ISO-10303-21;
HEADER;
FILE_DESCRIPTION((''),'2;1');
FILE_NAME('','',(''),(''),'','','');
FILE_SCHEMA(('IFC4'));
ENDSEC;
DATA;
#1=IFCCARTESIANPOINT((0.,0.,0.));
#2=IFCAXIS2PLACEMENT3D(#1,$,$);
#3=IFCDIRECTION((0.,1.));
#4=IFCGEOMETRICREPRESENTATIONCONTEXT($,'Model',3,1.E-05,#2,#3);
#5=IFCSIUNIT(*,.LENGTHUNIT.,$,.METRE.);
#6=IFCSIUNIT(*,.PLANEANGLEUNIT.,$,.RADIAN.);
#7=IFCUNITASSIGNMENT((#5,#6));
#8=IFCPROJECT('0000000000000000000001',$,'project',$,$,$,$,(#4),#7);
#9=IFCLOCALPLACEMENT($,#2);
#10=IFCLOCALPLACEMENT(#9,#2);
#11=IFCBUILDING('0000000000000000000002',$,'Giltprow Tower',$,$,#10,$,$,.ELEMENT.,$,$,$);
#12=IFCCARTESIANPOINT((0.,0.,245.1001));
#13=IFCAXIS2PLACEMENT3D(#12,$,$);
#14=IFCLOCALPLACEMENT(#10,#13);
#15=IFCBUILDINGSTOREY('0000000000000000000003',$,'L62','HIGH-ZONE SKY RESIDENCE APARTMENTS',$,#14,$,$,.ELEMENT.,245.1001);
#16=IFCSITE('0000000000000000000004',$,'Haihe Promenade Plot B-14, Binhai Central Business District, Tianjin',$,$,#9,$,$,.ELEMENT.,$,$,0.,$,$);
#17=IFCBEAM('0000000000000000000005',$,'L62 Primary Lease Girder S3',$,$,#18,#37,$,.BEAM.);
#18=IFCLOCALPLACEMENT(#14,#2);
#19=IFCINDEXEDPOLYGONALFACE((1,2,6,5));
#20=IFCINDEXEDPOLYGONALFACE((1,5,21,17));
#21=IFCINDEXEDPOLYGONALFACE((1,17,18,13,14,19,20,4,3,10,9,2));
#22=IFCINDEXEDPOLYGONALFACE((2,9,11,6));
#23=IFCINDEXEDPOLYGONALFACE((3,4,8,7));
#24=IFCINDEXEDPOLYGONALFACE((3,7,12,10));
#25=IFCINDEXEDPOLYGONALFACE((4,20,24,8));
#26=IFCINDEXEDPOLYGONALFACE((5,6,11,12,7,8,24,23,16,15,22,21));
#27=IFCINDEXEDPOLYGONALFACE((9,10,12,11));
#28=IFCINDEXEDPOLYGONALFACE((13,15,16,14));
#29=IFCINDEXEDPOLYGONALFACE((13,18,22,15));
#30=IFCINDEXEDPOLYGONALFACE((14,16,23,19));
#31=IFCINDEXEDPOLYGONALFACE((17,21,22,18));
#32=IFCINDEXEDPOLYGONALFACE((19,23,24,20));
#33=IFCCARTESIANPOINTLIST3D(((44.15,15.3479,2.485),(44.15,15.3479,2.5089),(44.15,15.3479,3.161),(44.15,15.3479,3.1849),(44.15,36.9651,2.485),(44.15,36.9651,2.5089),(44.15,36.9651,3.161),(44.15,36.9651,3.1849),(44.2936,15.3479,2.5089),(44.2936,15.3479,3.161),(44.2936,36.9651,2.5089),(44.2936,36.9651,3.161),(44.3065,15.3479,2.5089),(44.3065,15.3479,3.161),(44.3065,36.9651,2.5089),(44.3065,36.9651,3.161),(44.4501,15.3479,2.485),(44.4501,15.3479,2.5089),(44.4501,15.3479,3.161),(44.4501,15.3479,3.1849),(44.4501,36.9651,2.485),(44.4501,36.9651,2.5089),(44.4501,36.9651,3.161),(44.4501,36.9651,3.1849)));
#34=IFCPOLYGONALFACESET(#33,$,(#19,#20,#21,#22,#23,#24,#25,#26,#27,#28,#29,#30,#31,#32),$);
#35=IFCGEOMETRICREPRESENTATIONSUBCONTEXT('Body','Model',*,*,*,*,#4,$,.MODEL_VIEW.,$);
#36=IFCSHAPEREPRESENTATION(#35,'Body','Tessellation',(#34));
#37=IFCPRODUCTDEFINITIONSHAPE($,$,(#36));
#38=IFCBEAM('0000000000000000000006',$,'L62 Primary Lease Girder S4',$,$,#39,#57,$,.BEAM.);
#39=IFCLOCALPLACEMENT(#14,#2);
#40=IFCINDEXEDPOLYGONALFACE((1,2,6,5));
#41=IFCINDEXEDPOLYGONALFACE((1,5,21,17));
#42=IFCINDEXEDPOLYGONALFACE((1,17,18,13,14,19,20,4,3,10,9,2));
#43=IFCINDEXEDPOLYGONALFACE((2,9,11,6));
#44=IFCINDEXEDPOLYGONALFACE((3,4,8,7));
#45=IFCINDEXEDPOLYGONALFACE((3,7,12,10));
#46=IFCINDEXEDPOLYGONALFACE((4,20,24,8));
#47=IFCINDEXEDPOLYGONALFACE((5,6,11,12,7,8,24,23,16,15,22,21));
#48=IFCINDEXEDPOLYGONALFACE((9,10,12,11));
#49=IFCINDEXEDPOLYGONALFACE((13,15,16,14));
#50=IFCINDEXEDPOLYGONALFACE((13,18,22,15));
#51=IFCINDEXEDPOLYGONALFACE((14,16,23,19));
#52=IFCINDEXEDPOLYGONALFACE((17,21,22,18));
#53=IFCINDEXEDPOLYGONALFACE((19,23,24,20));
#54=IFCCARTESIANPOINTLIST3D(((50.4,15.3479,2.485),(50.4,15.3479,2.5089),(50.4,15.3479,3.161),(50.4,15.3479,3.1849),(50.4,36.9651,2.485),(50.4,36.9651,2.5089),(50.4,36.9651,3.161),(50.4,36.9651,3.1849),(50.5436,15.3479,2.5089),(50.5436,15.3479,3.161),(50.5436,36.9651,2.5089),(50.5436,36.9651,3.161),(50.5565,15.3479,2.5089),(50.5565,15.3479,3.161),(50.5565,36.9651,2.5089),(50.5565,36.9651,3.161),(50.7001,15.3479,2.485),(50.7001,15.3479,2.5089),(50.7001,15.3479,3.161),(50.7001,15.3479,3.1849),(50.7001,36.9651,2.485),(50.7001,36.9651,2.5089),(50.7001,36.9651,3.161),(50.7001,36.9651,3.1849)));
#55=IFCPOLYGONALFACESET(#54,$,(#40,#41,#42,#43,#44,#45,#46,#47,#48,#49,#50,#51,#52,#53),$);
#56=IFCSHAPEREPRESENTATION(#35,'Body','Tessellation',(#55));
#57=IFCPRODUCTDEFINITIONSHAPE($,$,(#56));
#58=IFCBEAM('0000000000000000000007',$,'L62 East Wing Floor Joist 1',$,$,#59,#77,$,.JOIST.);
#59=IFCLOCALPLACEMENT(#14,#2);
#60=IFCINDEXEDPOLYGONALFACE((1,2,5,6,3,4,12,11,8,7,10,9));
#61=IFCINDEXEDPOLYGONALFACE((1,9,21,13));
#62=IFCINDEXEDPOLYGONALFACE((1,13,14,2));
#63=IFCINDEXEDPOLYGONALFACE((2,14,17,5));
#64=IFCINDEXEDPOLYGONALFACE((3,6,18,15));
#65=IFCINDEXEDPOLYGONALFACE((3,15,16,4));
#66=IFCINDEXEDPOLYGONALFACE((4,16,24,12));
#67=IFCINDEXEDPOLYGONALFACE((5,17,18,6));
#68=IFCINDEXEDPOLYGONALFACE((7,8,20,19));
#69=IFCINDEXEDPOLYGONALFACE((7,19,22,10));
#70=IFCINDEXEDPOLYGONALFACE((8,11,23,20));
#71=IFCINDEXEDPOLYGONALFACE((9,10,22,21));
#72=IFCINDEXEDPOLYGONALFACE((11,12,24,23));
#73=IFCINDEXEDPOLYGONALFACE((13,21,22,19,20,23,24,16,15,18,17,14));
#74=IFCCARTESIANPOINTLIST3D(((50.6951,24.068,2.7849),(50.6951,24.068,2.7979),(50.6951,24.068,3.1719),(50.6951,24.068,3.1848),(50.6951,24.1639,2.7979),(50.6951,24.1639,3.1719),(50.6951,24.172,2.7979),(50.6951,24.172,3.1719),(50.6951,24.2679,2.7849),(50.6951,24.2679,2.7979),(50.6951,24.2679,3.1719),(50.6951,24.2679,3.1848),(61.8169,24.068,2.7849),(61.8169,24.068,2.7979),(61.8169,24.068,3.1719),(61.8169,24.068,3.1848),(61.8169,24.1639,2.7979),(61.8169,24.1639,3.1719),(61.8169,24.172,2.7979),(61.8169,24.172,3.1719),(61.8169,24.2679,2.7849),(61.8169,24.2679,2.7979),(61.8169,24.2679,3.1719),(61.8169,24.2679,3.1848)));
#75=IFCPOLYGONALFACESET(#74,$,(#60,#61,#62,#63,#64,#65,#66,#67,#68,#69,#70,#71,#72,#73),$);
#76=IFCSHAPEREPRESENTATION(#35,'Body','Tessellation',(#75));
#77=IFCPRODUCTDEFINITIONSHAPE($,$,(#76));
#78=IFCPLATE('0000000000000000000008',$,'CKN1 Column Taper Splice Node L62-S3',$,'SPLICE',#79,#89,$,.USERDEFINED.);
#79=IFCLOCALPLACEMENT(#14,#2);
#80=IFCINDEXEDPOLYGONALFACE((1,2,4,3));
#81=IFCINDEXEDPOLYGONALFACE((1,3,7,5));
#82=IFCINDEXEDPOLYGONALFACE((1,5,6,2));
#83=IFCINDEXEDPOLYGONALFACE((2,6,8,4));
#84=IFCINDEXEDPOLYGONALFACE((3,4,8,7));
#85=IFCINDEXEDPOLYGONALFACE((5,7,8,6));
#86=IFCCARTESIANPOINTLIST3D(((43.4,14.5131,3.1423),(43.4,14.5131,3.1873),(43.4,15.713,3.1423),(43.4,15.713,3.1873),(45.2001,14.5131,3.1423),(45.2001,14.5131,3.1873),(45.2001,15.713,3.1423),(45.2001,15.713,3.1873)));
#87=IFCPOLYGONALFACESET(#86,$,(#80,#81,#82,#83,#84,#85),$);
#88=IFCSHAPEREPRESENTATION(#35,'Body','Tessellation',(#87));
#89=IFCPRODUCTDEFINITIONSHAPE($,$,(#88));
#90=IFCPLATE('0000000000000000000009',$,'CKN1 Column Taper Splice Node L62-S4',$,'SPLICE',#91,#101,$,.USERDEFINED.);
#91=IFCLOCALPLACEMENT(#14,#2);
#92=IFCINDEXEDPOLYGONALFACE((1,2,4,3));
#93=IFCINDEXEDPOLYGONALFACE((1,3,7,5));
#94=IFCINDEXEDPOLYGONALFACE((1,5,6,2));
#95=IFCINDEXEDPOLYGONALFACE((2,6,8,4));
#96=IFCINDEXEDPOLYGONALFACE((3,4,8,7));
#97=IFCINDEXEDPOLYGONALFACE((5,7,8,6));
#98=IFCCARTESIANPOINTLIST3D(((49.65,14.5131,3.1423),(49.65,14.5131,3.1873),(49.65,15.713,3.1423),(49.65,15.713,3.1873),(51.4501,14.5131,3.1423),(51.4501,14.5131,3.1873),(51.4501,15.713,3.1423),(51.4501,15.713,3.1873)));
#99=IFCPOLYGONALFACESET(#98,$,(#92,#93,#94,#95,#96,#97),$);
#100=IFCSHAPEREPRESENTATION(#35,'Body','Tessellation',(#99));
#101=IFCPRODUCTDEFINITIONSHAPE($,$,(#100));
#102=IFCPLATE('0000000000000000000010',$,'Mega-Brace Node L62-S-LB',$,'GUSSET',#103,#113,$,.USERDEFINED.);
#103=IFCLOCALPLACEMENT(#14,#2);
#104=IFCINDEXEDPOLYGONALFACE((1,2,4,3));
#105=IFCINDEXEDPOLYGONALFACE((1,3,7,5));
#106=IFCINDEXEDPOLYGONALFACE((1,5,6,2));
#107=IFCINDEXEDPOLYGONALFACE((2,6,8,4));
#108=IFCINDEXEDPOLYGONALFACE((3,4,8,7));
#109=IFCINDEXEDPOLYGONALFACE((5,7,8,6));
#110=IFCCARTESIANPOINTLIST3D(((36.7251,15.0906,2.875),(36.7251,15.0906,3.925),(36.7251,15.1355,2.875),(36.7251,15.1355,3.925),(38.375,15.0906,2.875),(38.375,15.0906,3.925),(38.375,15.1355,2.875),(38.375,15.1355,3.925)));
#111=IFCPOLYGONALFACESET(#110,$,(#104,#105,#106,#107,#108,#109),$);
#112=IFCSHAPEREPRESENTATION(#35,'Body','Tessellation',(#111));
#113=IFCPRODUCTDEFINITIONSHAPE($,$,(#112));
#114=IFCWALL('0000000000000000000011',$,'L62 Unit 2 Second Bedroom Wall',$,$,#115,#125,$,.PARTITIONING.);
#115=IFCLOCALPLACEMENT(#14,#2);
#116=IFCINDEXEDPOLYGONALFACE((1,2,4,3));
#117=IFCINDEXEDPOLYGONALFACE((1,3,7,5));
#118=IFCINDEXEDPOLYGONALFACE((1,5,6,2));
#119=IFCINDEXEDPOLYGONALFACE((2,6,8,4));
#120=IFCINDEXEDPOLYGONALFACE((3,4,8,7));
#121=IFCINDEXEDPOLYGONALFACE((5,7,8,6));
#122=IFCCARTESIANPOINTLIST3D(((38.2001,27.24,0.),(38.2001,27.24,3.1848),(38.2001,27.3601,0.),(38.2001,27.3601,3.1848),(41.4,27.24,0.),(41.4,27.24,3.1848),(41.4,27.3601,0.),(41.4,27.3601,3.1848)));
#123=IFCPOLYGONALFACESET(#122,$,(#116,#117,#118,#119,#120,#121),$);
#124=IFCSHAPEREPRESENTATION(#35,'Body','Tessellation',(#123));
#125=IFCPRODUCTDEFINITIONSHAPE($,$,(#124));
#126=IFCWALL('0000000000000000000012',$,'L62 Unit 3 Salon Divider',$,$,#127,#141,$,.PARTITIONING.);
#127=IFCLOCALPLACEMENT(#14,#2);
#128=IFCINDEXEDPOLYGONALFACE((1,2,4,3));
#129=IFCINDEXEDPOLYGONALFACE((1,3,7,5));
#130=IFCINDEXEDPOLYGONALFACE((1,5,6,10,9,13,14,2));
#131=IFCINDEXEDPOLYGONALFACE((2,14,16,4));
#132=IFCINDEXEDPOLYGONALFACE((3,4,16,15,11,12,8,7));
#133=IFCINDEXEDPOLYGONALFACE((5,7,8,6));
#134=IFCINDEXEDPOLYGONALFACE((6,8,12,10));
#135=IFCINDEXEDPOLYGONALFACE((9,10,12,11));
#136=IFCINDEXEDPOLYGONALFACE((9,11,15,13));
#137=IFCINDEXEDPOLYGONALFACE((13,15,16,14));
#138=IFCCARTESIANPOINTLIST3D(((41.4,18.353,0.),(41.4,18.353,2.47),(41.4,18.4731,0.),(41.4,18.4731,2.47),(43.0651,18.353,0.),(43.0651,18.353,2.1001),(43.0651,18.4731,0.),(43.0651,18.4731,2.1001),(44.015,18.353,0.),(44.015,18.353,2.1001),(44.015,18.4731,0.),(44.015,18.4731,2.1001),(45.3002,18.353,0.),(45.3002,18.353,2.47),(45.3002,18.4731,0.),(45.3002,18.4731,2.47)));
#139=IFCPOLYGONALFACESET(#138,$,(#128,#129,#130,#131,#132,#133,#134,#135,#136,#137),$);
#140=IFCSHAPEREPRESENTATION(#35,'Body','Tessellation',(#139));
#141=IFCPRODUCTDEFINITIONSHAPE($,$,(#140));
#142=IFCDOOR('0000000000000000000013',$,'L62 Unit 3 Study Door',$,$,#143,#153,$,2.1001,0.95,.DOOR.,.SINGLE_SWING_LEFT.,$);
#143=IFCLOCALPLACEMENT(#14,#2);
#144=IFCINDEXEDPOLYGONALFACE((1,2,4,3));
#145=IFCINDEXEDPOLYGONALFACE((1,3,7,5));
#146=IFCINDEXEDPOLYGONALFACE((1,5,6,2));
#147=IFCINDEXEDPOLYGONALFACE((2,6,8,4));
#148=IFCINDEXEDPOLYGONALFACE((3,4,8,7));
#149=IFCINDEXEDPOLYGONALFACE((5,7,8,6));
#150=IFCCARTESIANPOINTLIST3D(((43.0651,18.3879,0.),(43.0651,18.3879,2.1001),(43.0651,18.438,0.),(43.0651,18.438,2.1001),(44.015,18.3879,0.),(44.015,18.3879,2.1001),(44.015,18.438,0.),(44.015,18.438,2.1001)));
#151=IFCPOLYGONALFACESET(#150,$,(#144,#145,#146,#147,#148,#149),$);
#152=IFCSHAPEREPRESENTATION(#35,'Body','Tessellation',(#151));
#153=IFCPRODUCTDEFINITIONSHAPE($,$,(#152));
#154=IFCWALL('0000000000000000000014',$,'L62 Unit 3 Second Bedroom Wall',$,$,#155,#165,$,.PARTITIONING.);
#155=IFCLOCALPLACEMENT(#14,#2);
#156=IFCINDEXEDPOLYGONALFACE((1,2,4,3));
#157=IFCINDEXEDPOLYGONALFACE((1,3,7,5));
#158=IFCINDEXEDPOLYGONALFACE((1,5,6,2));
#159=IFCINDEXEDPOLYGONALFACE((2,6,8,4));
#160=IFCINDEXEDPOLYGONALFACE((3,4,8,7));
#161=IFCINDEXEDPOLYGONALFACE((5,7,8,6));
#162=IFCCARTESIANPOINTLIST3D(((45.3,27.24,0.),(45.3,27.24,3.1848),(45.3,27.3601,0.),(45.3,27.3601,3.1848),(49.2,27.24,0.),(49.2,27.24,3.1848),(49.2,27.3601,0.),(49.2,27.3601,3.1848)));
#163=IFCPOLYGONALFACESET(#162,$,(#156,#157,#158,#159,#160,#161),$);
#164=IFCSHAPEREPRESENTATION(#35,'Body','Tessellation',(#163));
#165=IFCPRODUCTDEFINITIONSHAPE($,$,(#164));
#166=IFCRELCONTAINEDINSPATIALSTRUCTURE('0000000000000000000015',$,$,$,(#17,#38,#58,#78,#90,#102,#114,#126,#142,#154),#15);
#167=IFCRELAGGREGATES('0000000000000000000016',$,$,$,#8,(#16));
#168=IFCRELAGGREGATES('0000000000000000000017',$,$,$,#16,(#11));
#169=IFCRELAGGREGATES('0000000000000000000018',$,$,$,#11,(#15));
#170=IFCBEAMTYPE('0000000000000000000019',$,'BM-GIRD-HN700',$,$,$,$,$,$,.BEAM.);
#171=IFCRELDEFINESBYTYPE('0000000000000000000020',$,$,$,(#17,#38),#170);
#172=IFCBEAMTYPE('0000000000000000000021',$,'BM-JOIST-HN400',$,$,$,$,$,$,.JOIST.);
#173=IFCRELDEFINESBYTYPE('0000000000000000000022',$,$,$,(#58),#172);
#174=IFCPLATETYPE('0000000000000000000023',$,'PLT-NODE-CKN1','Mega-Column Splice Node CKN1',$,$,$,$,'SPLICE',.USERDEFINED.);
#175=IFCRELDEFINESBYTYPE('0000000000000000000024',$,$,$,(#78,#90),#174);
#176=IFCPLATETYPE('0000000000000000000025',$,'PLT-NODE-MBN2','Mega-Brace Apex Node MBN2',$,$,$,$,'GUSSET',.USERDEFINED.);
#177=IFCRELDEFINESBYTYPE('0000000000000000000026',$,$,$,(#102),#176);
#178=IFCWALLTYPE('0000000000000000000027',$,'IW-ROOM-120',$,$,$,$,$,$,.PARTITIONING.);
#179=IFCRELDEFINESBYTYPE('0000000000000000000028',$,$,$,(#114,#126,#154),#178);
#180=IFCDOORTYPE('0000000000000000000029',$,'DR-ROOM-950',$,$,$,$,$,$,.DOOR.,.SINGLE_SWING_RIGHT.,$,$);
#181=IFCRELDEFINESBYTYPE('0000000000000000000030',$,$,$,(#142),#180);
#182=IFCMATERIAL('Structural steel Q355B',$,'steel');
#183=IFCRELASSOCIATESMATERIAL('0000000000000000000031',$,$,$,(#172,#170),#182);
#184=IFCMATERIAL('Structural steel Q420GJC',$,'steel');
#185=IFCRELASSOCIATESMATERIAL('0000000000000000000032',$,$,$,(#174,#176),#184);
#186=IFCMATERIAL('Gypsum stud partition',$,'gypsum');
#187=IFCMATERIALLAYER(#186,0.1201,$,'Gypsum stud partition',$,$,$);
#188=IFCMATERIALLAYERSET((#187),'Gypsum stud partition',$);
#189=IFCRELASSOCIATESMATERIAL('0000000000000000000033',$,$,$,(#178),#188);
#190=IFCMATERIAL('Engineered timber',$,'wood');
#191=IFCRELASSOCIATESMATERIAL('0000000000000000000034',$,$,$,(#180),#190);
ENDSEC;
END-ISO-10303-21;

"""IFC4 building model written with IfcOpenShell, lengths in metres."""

from ifc_helpers import new_model, si_unit, direction, frame, frame_2d, origin, origin_2d, place, context, subcontext, project, spatial, rectangle, i_section, extrude, source, transform, mapped, material, layer, layer_set, material_profile, profile_set, type_object, element, fill, save


model = new_model("IFC4")

# Units and contexts
model_context = context("Model", 3, precision=1e-05, world=origin(), true_north=direction((0.0, 1.0)))
body_context = subcontext(model_context, "Body", "Model", "MODEL_VIEW")
ifc_project = project(units=[si_unit("LENGTHUNIT", "METRE"), si_unit("PLANEANGLEUNIT", "RADIAN")], contexts=[model_context])

# Site, building, storey
site_placement = place(None, origin())
site = spatial("IfcSite", under=ifc_project, at=site_placement, Name="Haihe Promenade Plot B-14, Binhai Central Business District, Tianjin", CompositionType="ELEMENT", RefElevation=0.0)
building_placement = place(site_placement, origin())
building = spatial("IfcBuilding", under=site, at=building_placement, Name="Giltprow Tower", CompositionType="ELEMENT")
storey_placement = place(building_placement, frame((0.0, 0.0, 245.1001)))
storey = spatial("IfcBuildingStorey", under=building, at=storey_placement, Name="L62", Description="HIGH-ZONE SKY RESIDENCE APARTMENTS", CompositionType="ELEMENT", Elevation=245.1001)

# Beams
ifc_material_1 = material(Name="Structural steel Q355B", Category="steel")
ifc_material_profile_1 = material_profile(ifc_material_1, i_section(OverallWidth=0.2, OverallDepth=0.3999, WebThickness=0.0081, FlangeThickness=0.0129, at=origin_2d()), Name="HN 400x200x8x13")
ifc_profile_set_1 = profile_set([ifc_material_profile_1], Name="Structural steel Q355B")
beam_type_1 = type_object("IfcBeamType", Name="BM-JOIST-HN400", PredefinedType="JOIST", material=ifc_profile_set_1)
ifc_material_profile_2 = material_profile(ifc_material_1, i_section(OverallWidth=0.3, OverallDepth=0.7, WebThickness=0.0129, FlangeThickness=0.0239, at=origin_2d()), Name="HN 700x300x13x24")
ifc_profile_set_2 = profile_set([ifc_material_profile_2], Name="Structural steel Q355B")
beam_type_2 = type_object("IfcBeamType", Name="BM-GIRD-HN700", PredefinedType="BEAM", material=ifc_profile_set_2)
shared_shape_1 = source(origin(), body_context, "Body", "SweptSolid", [
    extrude(i_section(OverallWidth=0.3, OverallDepth=0.7, WebThickness=0.0129, FlangeThickness=0.0239, at=origin_2d()), origin(), (0.0, 0.0, 1.0), 21.6172),
])
for number, where, z_axis, x_axis, name in (
    (1, (44.3, 15.3479, 2.835), (0.0, 1.0, 0.0), (-1.0, 0.0, 0.0), "L62 Primary Lease Girder S3"),
    (2, (50.55, 15.3479, 2.835), (0.0, 1.0, 0.0), (-1.0, 0.0, 0.0), "L62 Primary Lease Girder S4"),
):
    element("IfcBeam", number, at=place(storey_placement, frame(where, z_axis=z_axis, x_axis=x_axis)), inside=storey, type_object=beam_type_2, Name=name, PredefinedType="BEAM", context=body_context, shape_type="MappedRepresentation", body=[
        mapped(shared_shape_1, transform((0.0, 0.0, 0.0), x_axis=(1.0, 0.0, 0.0), y_axis=(0.0, 1.0, 0.0), z_axis=(0.0, 0.0, 1.0), scale=1.0)),
    ])
shared_shape_2 = source(origin(), body_context, "Body", "SweptSolid", [
    extrude(i_section(OverallWidth=0.2, OverallDepth=0.3999, WebThickness=0.0081, FlangeThickness=0.0129, at=origin_2d()), origin(), (0.0, 0.0, 1.0), 11.1218),
])
beam_1_placement = place(storey_placement, frame((50.6951, 24.168, 2.9849), z_axis=(1.0, 0.0, 0.0), x_axis=(0.0, 1.0, 0.0)))
element("IfcBeam", 3, at=beam_1_placement, inside=storey, type_object=beam_type_1, Name="L62 East Wing Floor Joist 1", PredefinedType="JOIST", context=body_context, shape_type="MappedRepresentation", body=[
    mapped(shared_shape_2, transform((0.0, 0.0, 0.0), x_axis=(1.0, 0.0, 0.0), y_axis=(0.0, 1.0, 0.0), z_axis=(0.0, 0.0, 1.0), scale=1.0)),
])

# Plates
ifc_material_2 = material(Name="Structural steel Q420GJC", Category="steel")
plate_type_1 = type_object("IfcPlateType", Name="PLT-NODE-CKN1", Description="Mega-Column Splice Node CKN1", ElementType="SPLICE", PredefinedType="USERDEFINED", material=ifc_material_2)
shared_shape_3 = source(origin(), body_context, "Body", "SweptSolid", [
    extrude(rectangle(XDim=1.8, YDim=1.2, at=origin_2d()), origin(), (0.0, 0.0, 1.0), 0.0449),
])
for number, where, z_axis, x_axis, name in (
    (4, (44.3, 15.113, 3.1423), (0.0, 0.0, 1.0), (1.0, 0.0, 0.0), "CKN1 Column Taper Splice Node L62-S3"),
    (5, (50.55, 15.113, 3.1423), (0.0, 0.0, 1.0), (1.0, 0.0, 0.0), "CKN1 Column Taper Splice Node L62-S4"),
):
    element("IfcPlate", number, at=place(storey_placement, frame(where, z_axis=z_axis, x_axis=x_axis)), inside=storey, type_object=plate_type_1, Name=name, ObjectType="SPLICE", PredefinedType="USERDEFINED", context=body_context, shape_type="MappedRepresentation", body=[
        mapped(shared_shape_3, transform((0.0, 0.0, 0.0), x_axis=(1.0, 0.0, 0.0), y_axis=(0.0, 1.0, 0.0), z_axis=(0.0, 0.0, 1.0), scale=1.0)),
    ])
plate_type_2 = type_object("IfcPlateType", Name="PLT-NODE-MBN2", Description="Mega-Brace Apex Node MBN2", ElementType="GUSSET", PredefinedType="USERDEFINED", material=ifc_material_2)
shared_shape_4 = source(origin(), body_context, "Body", "SweptSolid", [
    extrude(rectangle(XDim=1.6499, YDim=0.0449, at=origin_2d()), origin(), (0.0, 0.0, 1.0), 1.05),
])
plate_placement = place(storey_placement, frame((37.55, 15.113, 2.875), z_axis=(0.0, 0.0, 1.0), x_axis=(1.0, 0.0, 0.0)))
element("IfcPlate", 6, at=plate_placement, inside=storey, type_object=plate_type_2, Name="Mega-Brace Node L62-S-LB", ObjectType="GUSSET", PredefinedType="USERDEFINED", context=body_context, shape_type="MappedRepresentation", body=[
    mapped(shared_shape_4, transform((0.0, 0.0, 0.0), x_axis=(1.0, 0.0, 0.0), y_axis=(0.0, 1.0, 0.0), z_axis=(0.0, 0.0, 1.0), scale=1.0)),
])

# Wall
ifc_material_3 = material(Name="Gypsum stud partition", Category="gypsum")
ifc_layer = layer(ifc_material_3, 0.1201, Name="Gypsum stud partition")
ifc_layer_set = layer_set([ifc_layer], Name="Gypsum stud partition")
wall_type = type_object("IfcWallType", Name="IW-ROOM-120", PredefinedType="PARTITIONING", material=ifc_layer_set)
wall_1_placement = place(storey_placement, frame((38.2, 27.3, 0.0), z_axis=(0.0, 0.0, 1.0), x_axis=(1.0, 0.0, 0.0)))
element("IfcWall", 7, at=wall_1_placement, inside=storey, type_object=wall_type, Name="L62 Unit 2 Second Bedroom Wall", PredefinedType="PARTITIONING", context=body_context, shape_type="SweptSolid", body=[
    extrude(rectangle(XDim=3.2, YDim=0.1201, at=frame_2d((1.6001, 0.0))), origin(), (0.0, 0.0, 1.0), 3.1848),
])

# Wall, opening, door
wall_2_placement = place(storey_placement, frame((41.3999, 18.4131, 0.0), z_axis=(0.0, 0.0, 1.0), x_axis=(1.0, 0.0, 0.0)))
wall_2 = element("IfcWall", 8, at=wall_2_placement, inside=storey, type_object=wall_type, Name="L62 Unit 3 Salon Divider", PredefinedType="PARTITIONING", context=body_context, shape_type="SweptSolid", body=[
    extrude(rectangle(XDim=3.9001, YDim=0.1201, at=frame_2d((1.9502, 0.0))), origin(), (0.0, 0.0, 1.0), 2.47),
])
opening_1_placement = place(wall_2_placement, frame((1.665, 0.0, 0.0)))
opening_1 = element("IfcOpeningElement", 9, at=opening_1_placement, cuts=wall_2, PredefinedType="OPENING", context=body_context, shape_type="SweptSolid", body=[
    extrude(rectangle(XDim=0.95, YDim=2.1001, at=frame_2d((0.4751, 1.05))), frame((0.0, 0.0701, 0.0), z_axis=(0.0, -1.0, 0.0), x_axis=(1.0, 0.0, 0.0)), (0.0, 0.0, 1.0), 0.1401),
])
ifc_material_4 = material(Name="Engineered timber", Category="wood")
door_type = type_object("IfcDoorType", Name="DR-ROOM-950", OperationType="SINGLE_SWING_RIGHT", PredefinedType="DOOR", material=ifc_material_4)
shared_shape_5 = source(origin(), body_context, "Body", "SweptSolid", [
    extrude(rectangle(XDim=0.95, YDim=2.1001, at=frame_2d((0.4751, 1.05))), frame((0.0, 0.0249, 0.0), z_axis=(0.0, -1.0, 0.0), x_axis=(1.0, 0.0, 0.0)), (0.0, 0.0, 1.0), 0.05),
])
door_1_placement = place(opening_1_placement, origin())
door_1 = element("IfcDoor", 10, at=door_1_placement, inside=storey, type_object=door_type, Name="L62 Unit 3 Study Door", OperationType="SINGLE_SWING_LEFT", OverallHeight=2.1001, OverallWidth=0.95, PredefinedType="DOOR", context=body_context, shape_type="MappedRepresentation", body=[
    mapped(shared_shape_5, transform((0.0, 0.0, 0.0), x_axis=(1.0, 0.0, 0.0), y_axis=(0.0, 1.0, 0.0), z_axis=(0.0, 0.0, 1.0), scale=1.0)),
])
fill(opening_1, door_1)

# Wall
wall_3_placement = place(storey_placement, frame((45.3, 27.3, 0.0), z_axis=(0.0, 0.0, 1.0), x_axis=(1.0, 0.0, 0.0)))
element("IfcWall", 11, at=wall_3_placement, inside=storey, type_object=wall_type, Name="L62 Unit 3 Second Bedroom Wall", PredefinedType="PARTITIONING", context=body_context, shape_type="SweptSolid", body=[
    extrude(rectangle(XDim=3.8999, YDim=0.1201, at=frame_2d((1.95, 0.0))), origin(), (0.0, 0.0, 1.0), 3.1848),
])

save(model, "model.ifc")
